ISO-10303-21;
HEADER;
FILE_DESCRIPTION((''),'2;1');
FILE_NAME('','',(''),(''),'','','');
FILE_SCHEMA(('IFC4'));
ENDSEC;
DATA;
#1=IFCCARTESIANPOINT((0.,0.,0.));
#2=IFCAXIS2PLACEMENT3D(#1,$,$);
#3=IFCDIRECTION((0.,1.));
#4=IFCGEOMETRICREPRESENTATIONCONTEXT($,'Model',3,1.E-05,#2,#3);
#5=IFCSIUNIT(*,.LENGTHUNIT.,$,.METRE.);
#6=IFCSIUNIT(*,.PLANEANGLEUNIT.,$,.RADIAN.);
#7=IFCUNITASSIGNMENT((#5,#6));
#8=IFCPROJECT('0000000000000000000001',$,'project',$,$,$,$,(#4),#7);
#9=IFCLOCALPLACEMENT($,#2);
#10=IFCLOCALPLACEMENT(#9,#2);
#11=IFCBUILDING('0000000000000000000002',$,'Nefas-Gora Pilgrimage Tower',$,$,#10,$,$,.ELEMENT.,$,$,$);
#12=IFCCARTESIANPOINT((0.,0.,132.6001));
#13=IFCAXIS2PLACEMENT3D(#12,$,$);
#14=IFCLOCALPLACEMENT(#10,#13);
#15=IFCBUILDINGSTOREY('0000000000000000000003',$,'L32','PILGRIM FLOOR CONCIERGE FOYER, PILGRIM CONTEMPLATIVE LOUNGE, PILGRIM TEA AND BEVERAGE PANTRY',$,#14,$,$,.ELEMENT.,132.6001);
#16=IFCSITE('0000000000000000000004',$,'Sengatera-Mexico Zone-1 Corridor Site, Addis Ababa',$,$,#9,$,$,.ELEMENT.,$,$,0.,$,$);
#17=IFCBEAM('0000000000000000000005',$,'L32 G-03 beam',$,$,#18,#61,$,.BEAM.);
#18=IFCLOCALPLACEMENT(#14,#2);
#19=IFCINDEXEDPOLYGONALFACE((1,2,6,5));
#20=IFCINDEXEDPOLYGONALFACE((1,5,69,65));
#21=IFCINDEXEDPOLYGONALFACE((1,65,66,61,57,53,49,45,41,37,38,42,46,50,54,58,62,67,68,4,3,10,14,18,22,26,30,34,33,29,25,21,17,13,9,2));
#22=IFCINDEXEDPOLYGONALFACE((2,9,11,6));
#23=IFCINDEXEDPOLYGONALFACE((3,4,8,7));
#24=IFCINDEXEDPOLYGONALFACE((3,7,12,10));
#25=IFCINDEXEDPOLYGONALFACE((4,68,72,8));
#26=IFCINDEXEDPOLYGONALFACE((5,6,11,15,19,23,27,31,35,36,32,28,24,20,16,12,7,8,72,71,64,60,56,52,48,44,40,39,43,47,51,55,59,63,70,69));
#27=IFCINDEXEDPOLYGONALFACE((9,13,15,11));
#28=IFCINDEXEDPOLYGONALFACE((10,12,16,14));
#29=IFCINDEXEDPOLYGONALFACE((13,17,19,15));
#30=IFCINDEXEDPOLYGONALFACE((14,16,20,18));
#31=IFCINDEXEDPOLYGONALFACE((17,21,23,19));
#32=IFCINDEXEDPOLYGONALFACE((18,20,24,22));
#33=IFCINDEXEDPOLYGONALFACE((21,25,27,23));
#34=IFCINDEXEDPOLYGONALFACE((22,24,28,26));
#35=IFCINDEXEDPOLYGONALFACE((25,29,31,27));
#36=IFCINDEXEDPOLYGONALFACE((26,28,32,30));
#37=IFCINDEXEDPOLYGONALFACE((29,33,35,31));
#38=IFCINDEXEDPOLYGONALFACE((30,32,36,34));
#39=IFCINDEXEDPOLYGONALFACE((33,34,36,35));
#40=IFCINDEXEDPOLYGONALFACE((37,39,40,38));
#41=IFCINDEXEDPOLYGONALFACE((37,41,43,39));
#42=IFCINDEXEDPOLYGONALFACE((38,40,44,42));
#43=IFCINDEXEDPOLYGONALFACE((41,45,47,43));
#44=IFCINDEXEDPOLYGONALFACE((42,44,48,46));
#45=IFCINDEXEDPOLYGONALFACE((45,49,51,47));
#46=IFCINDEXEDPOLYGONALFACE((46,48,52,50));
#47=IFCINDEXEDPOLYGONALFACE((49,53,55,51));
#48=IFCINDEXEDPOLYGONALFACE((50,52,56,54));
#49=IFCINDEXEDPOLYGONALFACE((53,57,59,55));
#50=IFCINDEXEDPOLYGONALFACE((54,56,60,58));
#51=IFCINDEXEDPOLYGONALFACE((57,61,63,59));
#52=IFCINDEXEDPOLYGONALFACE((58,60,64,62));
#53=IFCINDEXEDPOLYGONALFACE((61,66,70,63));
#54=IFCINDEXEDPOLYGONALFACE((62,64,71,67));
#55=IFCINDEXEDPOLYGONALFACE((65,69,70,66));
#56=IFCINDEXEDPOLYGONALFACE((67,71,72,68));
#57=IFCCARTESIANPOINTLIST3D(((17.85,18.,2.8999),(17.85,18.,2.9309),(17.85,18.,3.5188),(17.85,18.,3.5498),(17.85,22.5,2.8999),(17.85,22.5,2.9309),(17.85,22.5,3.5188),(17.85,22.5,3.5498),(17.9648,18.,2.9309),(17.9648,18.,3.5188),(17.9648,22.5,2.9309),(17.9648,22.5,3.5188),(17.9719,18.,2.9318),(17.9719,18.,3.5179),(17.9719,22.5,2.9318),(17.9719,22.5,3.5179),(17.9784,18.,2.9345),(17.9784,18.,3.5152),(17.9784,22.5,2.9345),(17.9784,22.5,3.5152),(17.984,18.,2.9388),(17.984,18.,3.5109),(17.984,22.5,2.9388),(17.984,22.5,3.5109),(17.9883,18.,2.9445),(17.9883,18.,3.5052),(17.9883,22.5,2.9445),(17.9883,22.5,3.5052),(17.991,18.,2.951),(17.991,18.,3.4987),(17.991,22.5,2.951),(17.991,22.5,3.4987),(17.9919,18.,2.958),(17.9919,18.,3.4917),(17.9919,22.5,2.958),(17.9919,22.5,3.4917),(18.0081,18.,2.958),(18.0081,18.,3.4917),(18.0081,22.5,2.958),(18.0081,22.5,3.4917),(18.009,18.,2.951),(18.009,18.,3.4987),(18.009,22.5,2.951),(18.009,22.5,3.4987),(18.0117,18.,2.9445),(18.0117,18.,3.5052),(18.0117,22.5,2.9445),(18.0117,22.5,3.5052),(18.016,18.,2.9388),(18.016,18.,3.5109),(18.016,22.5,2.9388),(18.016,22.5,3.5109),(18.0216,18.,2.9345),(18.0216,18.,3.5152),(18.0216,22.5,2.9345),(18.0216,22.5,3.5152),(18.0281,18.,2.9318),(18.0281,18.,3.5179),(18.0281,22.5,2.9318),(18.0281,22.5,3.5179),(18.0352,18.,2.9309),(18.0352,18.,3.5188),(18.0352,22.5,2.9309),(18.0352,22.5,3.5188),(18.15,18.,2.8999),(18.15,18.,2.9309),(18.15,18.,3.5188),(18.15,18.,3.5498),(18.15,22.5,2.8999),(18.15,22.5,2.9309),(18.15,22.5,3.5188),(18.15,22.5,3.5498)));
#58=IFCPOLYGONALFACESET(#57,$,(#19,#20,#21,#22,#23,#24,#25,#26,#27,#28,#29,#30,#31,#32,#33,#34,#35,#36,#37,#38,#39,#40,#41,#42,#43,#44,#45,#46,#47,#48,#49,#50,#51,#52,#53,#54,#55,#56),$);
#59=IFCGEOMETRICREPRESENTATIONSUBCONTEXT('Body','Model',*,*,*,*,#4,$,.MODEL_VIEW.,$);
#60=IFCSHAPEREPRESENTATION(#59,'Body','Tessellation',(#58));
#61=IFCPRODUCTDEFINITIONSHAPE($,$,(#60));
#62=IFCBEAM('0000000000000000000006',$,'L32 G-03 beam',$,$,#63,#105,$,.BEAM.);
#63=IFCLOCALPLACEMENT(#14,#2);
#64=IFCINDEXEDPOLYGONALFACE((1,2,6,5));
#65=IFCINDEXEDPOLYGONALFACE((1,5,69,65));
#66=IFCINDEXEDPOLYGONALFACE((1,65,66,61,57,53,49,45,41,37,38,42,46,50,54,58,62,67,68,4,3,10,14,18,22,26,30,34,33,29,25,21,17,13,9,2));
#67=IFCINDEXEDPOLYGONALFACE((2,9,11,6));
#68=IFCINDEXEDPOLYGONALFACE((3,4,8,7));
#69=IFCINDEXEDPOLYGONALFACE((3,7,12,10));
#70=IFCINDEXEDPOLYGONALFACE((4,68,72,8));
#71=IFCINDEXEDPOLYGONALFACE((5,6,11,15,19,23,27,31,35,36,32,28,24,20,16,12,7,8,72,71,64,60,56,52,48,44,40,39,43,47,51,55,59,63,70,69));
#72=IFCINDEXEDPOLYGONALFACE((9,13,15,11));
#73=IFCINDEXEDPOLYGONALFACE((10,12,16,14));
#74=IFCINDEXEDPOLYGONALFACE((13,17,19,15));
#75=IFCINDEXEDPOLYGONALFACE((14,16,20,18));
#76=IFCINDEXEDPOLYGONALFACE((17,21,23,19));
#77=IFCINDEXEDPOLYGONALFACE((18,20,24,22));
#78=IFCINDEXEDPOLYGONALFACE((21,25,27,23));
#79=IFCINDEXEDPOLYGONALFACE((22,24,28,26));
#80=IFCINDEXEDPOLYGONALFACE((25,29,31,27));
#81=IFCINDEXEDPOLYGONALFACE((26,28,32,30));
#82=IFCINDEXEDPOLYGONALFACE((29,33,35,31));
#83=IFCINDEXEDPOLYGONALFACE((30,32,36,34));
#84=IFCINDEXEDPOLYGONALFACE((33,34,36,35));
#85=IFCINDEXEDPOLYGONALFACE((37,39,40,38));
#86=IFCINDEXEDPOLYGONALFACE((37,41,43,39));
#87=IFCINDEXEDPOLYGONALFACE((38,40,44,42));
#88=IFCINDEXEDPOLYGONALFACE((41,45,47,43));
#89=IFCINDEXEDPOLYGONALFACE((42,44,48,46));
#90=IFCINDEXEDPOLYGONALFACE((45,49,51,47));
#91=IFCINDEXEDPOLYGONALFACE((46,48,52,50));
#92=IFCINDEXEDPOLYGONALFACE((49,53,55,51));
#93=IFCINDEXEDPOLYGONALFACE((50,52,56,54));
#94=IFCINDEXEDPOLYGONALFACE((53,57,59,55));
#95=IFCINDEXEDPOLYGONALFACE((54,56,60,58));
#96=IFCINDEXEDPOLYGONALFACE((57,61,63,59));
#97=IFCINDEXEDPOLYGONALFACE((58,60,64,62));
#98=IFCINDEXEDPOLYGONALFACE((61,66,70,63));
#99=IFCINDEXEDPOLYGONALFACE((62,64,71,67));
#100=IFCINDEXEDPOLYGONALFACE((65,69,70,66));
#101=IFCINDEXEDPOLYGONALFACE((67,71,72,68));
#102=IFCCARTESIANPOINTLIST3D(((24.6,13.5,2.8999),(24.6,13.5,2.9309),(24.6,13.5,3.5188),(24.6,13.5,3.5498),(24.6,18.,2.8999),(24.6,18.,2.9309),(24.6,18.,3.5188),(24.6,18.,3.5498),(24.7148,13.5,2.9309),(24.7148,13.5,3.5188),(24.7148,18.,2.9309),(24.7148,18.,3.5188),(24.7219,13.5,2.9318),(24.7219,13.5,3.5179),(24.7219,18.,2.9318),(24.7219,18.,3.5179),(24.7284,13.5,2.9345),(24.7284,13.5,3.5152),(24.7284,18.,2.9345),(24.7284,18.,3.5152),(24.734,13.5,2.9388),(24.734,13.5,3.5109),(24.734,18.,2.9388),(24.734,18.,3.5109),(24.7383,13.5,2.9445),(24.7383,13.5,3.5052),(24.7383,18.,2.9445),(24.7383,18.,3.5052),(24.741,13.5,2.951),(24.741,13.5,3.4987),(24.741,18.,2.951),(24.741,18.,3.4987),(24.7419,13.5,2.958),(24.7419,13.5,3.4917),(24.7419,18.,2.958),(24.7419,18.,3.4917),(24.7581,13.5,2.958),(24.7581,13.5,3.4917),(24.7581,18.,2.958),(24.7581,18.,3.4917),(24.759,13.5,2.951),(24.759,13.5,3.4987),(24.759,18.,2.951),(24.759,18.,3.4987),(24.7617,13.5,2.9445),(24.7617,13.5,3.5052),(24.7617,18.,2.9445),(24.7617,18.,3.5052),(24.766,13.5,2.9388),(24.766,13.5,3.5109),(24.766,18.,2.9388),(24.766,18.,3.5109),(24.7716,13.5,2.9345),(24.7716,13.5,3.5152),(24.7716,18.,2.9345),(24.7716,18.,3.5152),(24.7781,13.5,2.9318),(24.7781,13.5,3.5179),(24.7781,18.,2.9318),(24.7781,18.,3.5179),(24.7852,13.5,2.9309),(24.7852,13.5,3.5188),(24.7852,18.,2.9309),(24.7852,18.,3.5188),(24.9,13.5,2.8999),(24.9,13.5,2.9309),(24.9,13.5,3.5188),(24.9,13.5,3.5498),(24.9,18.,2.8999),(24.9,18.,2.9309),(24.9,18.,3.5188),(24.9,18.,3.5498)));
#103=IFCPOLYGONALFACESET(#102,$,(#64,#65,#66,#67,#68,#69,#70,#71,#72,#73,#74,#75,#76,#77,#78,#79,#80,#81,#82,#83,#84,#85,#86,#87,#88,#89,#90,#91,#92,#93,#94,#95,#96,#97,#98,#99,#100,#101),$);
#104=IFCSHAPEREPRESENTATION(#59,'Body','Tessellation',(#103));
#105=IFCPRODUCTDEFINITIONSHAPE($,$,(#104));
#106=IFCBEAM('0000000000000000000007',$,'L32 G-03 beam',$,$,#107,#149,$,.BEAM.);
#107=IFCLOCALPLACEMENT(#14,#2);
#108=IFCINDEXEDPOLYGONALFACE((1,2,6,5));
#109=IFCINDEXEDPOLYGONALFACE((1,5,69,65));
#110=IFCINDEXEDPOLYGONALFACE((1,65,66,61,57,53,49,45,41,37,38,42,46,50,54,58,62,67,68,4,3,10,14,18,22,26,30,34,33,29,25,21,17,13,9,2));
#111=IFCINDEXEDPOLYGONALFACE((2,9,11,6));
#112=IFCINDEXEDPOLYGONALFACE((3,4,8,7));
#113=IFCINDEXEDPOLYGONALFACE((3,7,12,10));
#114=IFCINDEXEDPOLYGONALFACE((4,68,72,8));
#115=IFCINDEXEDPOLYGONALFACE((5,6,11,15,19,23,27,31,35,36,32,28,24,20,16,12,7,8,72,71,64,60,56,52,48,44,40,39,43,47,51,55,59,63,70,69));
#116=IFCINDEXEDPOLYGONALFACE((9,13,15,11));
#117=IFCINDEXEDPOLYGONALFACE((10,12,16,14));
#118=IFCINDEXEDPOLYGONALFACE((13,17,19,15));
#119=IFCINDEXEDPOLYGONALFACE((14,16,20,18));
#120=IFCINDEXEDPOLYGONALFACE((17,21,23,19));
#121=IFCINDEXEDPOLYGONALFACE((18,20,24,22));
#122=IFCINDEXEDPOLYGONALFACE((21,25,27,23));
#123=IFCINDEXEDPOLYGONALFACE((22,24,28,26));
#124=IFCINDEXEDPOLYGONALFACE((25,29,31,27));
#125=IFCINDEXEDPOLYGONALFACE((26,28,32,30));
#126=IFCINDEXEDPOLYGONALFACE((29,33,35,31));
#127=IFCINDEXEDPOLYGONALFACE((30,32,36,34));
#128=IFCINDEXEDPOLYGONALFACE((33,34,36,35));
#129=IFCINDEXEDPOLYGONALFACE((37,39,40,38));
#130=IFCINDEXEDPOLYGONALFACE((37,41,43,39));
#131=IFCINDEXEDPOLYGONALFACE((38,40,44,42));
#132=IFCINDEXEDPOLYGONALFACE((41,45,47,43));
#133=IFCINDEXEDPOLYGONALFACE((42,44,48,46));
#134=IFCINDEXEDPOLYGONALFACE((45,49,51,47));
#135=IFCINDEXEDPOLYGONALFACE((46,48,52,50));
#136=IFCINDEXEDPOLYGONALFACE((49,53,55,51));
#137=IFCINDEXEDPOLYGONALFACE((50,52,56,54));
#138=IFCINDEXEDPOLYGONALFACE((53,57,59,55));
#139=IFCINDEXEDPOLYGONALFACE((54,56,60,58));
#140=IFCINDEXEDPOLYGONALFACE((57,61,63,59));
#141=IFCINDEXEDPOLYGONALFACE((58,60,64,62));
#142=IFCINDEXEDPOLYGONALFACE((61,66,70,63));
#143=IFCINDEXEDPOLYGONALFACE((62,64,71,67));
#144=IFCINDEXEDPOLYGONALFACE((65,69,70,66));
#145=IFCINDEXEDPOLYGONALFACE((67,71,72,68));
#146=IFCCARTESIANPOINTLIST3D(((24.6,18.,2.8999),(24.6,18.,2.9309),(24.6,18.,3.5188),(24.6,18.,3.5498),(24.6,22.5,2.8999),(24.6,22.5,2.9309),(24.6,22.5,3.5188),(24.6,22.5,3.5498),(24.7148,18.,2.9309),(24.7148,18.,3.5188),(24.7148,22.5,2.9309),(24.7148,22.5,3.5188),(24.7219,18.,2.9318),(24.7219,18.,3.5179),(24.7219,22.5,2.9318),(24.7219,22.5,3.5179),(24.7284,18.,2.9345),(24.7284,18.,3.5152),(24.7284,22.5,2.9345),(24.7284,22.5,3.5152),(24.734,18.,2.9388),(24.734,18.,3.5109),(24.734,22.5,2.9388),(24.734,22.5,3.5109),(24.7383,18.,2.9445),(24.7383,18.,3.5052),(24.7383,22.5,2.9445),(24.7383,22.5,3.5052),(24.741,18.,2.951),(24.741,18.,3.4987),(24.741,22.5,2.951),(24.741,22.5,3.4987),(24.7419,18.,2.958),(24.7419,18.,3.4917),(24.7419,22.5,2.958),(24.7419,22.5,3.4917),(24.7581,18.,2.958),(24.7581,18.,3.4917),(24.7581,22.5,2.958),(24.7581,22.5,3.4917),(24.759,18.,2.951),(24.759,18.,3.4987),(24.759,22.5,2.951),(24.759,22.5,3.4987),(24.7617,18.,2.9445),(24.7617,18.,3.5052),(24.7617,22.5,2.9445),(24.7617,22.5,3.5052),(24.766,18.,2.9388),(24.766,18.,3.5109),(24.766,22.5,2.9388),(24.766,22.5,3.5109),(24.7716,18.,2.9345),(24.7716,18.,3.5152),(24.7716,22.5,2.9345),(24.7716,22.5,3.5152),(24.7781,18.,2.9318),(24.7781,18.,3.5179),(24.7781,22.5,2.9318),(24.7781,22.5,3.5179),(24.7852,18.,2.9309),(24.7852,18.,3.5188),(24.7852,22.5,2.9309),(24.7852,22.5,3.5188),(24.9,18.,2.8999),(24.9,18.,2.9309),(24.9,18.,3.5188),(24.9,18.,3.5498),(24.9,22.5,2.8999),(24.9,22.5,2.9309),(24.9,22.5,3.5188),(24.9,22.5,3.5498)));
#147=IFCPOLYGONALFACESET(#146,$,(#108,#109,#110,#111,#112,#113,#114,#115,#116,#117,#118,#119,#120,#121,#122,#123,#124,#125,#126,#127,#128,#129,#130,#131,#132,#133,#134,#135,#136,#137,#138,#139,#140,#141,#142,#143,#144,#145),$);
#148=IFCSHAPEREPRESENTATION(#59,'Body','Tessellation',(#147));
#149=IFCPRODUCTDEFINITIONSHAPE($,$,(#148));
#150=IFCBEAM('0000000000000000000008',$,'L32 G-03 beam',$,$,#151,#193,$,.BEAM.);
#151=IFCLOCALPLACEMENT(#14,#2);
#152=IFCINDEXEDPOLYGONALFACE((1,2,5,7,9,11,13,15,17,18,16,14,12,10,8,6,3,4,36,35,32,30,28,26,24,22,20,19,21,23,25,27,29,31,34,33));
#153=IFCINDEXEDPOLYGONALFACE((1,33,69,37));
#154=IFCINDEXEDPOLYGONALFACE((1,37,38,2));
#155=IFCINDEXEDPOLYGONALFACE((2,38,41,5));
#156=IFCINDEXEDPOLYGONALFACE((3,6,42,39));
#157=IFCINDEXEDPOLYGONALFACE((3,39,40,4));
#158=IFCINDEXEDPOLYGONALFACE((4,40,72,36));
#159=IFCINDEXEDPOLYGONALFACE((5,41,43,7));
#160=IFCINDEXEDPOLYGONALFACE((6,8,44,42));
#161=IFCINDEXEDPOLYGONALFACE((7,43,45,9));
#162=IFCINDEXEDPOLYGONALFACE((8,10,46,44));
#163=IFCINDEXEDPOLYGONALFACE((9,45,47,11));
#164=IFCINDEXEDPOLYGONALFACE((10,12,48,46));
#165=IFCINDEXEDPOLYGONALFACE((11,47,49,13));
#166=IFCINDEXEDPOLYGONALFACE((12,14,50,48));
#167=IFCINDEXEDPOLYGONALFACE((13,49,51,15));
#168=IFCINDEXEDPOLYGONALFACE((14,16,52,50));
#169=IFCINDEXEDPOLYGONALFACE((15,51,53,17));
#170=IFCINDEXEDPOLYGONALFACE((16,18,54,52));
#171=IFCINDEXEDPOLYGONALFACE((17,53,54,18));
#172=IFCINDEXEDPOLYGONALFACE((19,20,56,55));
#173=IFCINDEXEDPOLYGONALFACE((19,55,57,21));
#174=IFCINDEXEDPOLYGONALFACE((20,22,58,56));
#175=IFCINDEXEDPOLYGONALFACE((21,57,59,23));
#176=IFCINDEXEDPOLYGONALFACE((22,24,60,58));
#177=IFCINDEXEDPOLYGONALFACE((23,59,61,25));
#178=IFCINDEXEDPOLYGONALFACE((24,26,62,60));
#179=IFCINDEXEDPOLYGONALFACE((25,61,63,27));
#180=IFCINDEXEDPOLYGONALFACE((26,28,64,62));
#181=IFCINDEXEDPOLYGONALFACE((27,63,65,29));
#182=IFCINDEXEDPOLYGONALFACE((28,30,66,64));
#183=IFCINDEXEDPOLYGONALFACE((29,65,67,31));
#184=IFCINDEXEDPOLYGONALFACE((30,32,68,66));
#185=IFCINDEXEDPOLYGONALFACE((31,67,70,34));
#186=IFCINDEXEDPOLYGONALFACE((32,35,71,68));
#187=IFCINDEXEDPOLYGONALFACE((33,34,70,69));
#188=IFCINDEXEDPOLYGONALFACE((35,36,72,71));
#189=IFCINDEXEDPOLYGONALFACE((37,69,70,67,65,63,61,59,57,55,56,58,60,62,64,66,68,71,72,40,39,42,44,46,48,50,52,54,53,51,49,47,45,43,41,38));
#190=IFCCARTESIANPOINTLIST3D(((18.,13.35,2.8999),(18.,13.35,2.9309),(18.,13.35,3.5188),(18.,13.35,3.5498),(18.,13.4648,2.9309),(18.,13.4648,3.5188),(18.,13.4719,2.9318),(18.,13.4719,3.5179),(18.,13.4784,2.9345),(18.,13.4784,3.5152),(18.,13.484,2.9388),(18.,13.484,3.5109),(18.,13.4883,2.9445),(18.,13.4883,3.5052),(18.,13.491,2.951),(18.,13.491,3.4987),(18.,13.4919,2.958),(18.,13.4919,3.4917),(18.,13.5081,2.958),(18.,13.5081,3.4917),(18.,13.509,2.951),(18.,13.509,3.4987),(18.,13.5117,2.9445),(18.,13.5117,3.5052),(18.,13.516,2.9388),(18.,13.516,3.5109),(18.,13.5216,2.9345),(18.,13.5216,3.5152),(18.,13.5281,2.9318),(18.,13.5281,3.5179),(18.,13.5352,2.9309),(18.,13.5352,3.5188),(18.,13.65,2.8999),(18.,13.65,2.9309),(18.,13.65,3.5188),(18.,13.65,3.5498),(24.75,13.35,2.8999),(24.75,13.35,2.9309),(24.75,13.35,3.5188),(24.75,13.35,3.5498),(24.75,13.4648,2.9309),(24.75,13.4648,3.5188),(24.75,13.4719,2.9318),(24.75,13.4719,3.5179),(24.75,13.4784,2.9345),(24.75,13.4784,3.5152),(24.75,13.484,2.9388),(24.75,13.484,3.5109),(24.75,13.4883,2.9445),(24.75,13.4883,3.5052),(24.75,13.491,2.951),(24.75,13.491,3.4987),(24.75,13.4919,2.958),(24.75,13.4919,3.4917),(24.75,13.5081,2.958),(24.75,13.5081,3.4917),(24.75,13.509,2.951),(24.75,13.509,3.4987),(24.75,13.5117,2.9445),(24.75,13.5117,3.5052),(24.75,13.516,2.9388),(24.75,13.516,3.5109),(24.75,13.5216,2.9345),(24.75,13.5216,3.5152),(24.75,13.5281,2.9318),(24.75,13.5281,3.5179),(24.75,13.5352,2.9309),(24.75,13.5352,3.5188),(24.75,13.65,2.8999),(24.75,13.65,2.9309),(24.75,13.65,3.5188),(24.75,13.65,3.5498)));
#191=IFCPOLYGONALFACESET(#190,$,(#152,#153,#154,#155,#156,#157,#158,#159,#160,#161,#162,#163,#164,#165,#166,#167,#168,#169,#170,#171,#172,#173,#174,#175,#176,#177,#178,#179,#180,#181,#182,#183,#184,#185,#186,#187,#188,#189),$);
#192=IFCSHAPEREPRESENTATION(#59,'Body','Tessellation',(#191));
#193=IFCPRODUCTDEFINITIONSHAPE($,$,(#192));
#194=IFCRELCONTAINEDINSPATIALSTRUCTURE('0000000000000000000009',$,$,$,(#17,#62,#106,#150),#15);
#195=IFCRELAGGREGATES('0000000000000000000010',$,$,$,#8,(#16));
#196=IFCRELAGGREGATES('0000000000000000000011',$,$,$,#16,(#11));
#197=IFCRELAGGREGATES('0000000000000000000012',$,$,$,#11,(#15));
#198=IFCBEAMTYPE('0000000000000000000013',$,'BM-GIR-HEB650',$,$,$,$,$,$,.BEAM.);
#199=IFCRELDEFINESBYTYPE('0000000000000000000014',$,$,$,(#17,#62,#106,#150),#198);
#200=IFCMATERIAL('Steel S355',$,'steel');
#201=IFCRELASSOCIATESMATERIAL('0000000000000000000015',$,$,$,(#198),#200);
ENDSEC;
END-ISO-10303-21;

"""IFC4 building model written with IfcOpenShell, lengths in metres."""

from ifc_helpers import new_model, si_unit, direction, frame, origin, origin_2d, place, context, subcontext, project, spatial, i_section, extrude, source, transform, mapped, material, material_profile, profile_set, type_object, element, save


model = new_model("IFC4")

# Units and contexts
model_context = context("Model", 3, precision=1e-05, world=origin(), true_north=direction((0.0, 1.0)))
body_context = subcontext(model_context, "Body", "Model", "MODEL_VIEW")
ifc_project = project(units=[si_unit("LENGTHUNIT", "METRE"), si_unit("PLANEANGLEUNIT", "RADIAN")], contexts=[model_context])

# Site, building, storey
site_placement = place(None, origin())
site = spatial("IfcSite", under=ifc_project, at=site_placement, Name="Sengatera-Mexico Zone-1 Corridor Site, Addis Ababa", CompositionType="ELEMENT", RefElevation=0.0)
building_placement = place(site_placement, origin())
building = spatial("IfcBuilding", under=site, at=building_placement, Name="Nefas-Gora Pilgrimage Tower", CompositionType="ELEMENT")
storey_placement = place(building_placement, frame((0.0, 0.0, 132.6001)))
storey = spatial("IfcBuildingStorey", under=building, at=storey_placement, Name="L32", Description="PILGRIM FLOOR CONCIERGE FOYER, PILGRIM CONTEMPLATIVE LOUNGE, PILGRIM TEA AND BEVERAGE PANTRY", CompositionType="ELEMENT", Elevation=132.6001)

# Beams
ifc_material_1 = material(Name="Steel S355", Category="steel")
ifc_material_profile_1 = material_profile(ifc_material_1, i_section(OverallWidth=0.3, OverallDepth=0.6499, WebThickness=0.0161, FlangeThickness=0.031, FilletRadius=0.0271, at=origin_2d()), Name="HEB 650")
ifc_profile_set_1 = profile_set([ifc_material_profile_1], Name="Steel S355")
beam_type_1 = type_object("IfcBeamType", Name="BM-GIR-HEB650", PredefinedType="BEAM", material=ifc_profile_set_1)
shared_shape_1 = source(origin(), body_context, "Body", "SweptSolid", [
    extrude(i_section(OverallWidth=0.3, OverallDepth=0.6499, WebThickness=0.0161, FlangeThickness=0.031, FilletRadius=0.0271, at=origin_2d()), origin(), (0.0, 0.0, 1.0), 4.5),
])
for number, where, z_axis, x_axis, name in (
    (1, (18.0, 18.0, 3.2249), (0.0, 1.0, 0.0), (-1.0, 0.0, 0.0), "L32 G-03 beam"),
    (2, (24.75, 13.5, 3.2249), (0.0, 1.0, 0.0), (-1.0, 0.0, 0.0), "L32 G-03 beam"),
    (3, (24.75, 18.0, 3.2249), (0.0, 1.0, 0.0), (-1.0, 0.0, 0.0), "L32 G-03 beam"),
):
    element("IfcBeam", number, at=place(storey_placement, frame(where, z_axis=z_axis, x_axis=x_axis)), inside=storey, type_object=beam_type_1, Name=name, PredefinedType="BEAM", context=body_context, shape_type="MappedRepresentation", body=[
        mapped(shared_shape_1, transform((0.0, 0.0, 0.0), x_axis=(1.0, 0.0, 0.0), y_axis=(0.0, 1.0, 0.0), z_axis=(0.0, 0.0, 1.0), scale=1.0)),
    ])
shared_shape_2 = source(origin(), body_context, "Body", "SweptSolid", [
    extrude(i_section(OverallWidth=0.3, OverallDepth=0.6499, WebThickness=0.0161, FlangeThickness=0.031, FilletRadius=0.0271, at=origin_2d()), origin(), (0.0, 0.0, 1.0), 6.75),
])
for number, where, z_axis, x_axis, name in (
    (4, (18.0, 13.5, 3.2249), (1.0, 0.0, 0.0), (0.0, 1.0, 0.0), "L32 G-03 beam"),
):
    element("IfcBeam", number, at=place(storey_placement, frame(where, z_axis=z_axis, x_axis=x_axis)), inside=storey, type_object=beam_type_1, Name=name, PredefinedType="BEAM", context=body_context, shape_type="MappedRepresentation", body=[
        mapped(shared_shape_2, transform((0.0, 0.0, 0.0), x_axis=(1.0, 0.0, 0.0), y_axis=(0.0, 1.0, 0.0), z_axis=(0.0, 0.0, 1.0), scale=1.0)),
    ])

save(model, "model.ifc")
